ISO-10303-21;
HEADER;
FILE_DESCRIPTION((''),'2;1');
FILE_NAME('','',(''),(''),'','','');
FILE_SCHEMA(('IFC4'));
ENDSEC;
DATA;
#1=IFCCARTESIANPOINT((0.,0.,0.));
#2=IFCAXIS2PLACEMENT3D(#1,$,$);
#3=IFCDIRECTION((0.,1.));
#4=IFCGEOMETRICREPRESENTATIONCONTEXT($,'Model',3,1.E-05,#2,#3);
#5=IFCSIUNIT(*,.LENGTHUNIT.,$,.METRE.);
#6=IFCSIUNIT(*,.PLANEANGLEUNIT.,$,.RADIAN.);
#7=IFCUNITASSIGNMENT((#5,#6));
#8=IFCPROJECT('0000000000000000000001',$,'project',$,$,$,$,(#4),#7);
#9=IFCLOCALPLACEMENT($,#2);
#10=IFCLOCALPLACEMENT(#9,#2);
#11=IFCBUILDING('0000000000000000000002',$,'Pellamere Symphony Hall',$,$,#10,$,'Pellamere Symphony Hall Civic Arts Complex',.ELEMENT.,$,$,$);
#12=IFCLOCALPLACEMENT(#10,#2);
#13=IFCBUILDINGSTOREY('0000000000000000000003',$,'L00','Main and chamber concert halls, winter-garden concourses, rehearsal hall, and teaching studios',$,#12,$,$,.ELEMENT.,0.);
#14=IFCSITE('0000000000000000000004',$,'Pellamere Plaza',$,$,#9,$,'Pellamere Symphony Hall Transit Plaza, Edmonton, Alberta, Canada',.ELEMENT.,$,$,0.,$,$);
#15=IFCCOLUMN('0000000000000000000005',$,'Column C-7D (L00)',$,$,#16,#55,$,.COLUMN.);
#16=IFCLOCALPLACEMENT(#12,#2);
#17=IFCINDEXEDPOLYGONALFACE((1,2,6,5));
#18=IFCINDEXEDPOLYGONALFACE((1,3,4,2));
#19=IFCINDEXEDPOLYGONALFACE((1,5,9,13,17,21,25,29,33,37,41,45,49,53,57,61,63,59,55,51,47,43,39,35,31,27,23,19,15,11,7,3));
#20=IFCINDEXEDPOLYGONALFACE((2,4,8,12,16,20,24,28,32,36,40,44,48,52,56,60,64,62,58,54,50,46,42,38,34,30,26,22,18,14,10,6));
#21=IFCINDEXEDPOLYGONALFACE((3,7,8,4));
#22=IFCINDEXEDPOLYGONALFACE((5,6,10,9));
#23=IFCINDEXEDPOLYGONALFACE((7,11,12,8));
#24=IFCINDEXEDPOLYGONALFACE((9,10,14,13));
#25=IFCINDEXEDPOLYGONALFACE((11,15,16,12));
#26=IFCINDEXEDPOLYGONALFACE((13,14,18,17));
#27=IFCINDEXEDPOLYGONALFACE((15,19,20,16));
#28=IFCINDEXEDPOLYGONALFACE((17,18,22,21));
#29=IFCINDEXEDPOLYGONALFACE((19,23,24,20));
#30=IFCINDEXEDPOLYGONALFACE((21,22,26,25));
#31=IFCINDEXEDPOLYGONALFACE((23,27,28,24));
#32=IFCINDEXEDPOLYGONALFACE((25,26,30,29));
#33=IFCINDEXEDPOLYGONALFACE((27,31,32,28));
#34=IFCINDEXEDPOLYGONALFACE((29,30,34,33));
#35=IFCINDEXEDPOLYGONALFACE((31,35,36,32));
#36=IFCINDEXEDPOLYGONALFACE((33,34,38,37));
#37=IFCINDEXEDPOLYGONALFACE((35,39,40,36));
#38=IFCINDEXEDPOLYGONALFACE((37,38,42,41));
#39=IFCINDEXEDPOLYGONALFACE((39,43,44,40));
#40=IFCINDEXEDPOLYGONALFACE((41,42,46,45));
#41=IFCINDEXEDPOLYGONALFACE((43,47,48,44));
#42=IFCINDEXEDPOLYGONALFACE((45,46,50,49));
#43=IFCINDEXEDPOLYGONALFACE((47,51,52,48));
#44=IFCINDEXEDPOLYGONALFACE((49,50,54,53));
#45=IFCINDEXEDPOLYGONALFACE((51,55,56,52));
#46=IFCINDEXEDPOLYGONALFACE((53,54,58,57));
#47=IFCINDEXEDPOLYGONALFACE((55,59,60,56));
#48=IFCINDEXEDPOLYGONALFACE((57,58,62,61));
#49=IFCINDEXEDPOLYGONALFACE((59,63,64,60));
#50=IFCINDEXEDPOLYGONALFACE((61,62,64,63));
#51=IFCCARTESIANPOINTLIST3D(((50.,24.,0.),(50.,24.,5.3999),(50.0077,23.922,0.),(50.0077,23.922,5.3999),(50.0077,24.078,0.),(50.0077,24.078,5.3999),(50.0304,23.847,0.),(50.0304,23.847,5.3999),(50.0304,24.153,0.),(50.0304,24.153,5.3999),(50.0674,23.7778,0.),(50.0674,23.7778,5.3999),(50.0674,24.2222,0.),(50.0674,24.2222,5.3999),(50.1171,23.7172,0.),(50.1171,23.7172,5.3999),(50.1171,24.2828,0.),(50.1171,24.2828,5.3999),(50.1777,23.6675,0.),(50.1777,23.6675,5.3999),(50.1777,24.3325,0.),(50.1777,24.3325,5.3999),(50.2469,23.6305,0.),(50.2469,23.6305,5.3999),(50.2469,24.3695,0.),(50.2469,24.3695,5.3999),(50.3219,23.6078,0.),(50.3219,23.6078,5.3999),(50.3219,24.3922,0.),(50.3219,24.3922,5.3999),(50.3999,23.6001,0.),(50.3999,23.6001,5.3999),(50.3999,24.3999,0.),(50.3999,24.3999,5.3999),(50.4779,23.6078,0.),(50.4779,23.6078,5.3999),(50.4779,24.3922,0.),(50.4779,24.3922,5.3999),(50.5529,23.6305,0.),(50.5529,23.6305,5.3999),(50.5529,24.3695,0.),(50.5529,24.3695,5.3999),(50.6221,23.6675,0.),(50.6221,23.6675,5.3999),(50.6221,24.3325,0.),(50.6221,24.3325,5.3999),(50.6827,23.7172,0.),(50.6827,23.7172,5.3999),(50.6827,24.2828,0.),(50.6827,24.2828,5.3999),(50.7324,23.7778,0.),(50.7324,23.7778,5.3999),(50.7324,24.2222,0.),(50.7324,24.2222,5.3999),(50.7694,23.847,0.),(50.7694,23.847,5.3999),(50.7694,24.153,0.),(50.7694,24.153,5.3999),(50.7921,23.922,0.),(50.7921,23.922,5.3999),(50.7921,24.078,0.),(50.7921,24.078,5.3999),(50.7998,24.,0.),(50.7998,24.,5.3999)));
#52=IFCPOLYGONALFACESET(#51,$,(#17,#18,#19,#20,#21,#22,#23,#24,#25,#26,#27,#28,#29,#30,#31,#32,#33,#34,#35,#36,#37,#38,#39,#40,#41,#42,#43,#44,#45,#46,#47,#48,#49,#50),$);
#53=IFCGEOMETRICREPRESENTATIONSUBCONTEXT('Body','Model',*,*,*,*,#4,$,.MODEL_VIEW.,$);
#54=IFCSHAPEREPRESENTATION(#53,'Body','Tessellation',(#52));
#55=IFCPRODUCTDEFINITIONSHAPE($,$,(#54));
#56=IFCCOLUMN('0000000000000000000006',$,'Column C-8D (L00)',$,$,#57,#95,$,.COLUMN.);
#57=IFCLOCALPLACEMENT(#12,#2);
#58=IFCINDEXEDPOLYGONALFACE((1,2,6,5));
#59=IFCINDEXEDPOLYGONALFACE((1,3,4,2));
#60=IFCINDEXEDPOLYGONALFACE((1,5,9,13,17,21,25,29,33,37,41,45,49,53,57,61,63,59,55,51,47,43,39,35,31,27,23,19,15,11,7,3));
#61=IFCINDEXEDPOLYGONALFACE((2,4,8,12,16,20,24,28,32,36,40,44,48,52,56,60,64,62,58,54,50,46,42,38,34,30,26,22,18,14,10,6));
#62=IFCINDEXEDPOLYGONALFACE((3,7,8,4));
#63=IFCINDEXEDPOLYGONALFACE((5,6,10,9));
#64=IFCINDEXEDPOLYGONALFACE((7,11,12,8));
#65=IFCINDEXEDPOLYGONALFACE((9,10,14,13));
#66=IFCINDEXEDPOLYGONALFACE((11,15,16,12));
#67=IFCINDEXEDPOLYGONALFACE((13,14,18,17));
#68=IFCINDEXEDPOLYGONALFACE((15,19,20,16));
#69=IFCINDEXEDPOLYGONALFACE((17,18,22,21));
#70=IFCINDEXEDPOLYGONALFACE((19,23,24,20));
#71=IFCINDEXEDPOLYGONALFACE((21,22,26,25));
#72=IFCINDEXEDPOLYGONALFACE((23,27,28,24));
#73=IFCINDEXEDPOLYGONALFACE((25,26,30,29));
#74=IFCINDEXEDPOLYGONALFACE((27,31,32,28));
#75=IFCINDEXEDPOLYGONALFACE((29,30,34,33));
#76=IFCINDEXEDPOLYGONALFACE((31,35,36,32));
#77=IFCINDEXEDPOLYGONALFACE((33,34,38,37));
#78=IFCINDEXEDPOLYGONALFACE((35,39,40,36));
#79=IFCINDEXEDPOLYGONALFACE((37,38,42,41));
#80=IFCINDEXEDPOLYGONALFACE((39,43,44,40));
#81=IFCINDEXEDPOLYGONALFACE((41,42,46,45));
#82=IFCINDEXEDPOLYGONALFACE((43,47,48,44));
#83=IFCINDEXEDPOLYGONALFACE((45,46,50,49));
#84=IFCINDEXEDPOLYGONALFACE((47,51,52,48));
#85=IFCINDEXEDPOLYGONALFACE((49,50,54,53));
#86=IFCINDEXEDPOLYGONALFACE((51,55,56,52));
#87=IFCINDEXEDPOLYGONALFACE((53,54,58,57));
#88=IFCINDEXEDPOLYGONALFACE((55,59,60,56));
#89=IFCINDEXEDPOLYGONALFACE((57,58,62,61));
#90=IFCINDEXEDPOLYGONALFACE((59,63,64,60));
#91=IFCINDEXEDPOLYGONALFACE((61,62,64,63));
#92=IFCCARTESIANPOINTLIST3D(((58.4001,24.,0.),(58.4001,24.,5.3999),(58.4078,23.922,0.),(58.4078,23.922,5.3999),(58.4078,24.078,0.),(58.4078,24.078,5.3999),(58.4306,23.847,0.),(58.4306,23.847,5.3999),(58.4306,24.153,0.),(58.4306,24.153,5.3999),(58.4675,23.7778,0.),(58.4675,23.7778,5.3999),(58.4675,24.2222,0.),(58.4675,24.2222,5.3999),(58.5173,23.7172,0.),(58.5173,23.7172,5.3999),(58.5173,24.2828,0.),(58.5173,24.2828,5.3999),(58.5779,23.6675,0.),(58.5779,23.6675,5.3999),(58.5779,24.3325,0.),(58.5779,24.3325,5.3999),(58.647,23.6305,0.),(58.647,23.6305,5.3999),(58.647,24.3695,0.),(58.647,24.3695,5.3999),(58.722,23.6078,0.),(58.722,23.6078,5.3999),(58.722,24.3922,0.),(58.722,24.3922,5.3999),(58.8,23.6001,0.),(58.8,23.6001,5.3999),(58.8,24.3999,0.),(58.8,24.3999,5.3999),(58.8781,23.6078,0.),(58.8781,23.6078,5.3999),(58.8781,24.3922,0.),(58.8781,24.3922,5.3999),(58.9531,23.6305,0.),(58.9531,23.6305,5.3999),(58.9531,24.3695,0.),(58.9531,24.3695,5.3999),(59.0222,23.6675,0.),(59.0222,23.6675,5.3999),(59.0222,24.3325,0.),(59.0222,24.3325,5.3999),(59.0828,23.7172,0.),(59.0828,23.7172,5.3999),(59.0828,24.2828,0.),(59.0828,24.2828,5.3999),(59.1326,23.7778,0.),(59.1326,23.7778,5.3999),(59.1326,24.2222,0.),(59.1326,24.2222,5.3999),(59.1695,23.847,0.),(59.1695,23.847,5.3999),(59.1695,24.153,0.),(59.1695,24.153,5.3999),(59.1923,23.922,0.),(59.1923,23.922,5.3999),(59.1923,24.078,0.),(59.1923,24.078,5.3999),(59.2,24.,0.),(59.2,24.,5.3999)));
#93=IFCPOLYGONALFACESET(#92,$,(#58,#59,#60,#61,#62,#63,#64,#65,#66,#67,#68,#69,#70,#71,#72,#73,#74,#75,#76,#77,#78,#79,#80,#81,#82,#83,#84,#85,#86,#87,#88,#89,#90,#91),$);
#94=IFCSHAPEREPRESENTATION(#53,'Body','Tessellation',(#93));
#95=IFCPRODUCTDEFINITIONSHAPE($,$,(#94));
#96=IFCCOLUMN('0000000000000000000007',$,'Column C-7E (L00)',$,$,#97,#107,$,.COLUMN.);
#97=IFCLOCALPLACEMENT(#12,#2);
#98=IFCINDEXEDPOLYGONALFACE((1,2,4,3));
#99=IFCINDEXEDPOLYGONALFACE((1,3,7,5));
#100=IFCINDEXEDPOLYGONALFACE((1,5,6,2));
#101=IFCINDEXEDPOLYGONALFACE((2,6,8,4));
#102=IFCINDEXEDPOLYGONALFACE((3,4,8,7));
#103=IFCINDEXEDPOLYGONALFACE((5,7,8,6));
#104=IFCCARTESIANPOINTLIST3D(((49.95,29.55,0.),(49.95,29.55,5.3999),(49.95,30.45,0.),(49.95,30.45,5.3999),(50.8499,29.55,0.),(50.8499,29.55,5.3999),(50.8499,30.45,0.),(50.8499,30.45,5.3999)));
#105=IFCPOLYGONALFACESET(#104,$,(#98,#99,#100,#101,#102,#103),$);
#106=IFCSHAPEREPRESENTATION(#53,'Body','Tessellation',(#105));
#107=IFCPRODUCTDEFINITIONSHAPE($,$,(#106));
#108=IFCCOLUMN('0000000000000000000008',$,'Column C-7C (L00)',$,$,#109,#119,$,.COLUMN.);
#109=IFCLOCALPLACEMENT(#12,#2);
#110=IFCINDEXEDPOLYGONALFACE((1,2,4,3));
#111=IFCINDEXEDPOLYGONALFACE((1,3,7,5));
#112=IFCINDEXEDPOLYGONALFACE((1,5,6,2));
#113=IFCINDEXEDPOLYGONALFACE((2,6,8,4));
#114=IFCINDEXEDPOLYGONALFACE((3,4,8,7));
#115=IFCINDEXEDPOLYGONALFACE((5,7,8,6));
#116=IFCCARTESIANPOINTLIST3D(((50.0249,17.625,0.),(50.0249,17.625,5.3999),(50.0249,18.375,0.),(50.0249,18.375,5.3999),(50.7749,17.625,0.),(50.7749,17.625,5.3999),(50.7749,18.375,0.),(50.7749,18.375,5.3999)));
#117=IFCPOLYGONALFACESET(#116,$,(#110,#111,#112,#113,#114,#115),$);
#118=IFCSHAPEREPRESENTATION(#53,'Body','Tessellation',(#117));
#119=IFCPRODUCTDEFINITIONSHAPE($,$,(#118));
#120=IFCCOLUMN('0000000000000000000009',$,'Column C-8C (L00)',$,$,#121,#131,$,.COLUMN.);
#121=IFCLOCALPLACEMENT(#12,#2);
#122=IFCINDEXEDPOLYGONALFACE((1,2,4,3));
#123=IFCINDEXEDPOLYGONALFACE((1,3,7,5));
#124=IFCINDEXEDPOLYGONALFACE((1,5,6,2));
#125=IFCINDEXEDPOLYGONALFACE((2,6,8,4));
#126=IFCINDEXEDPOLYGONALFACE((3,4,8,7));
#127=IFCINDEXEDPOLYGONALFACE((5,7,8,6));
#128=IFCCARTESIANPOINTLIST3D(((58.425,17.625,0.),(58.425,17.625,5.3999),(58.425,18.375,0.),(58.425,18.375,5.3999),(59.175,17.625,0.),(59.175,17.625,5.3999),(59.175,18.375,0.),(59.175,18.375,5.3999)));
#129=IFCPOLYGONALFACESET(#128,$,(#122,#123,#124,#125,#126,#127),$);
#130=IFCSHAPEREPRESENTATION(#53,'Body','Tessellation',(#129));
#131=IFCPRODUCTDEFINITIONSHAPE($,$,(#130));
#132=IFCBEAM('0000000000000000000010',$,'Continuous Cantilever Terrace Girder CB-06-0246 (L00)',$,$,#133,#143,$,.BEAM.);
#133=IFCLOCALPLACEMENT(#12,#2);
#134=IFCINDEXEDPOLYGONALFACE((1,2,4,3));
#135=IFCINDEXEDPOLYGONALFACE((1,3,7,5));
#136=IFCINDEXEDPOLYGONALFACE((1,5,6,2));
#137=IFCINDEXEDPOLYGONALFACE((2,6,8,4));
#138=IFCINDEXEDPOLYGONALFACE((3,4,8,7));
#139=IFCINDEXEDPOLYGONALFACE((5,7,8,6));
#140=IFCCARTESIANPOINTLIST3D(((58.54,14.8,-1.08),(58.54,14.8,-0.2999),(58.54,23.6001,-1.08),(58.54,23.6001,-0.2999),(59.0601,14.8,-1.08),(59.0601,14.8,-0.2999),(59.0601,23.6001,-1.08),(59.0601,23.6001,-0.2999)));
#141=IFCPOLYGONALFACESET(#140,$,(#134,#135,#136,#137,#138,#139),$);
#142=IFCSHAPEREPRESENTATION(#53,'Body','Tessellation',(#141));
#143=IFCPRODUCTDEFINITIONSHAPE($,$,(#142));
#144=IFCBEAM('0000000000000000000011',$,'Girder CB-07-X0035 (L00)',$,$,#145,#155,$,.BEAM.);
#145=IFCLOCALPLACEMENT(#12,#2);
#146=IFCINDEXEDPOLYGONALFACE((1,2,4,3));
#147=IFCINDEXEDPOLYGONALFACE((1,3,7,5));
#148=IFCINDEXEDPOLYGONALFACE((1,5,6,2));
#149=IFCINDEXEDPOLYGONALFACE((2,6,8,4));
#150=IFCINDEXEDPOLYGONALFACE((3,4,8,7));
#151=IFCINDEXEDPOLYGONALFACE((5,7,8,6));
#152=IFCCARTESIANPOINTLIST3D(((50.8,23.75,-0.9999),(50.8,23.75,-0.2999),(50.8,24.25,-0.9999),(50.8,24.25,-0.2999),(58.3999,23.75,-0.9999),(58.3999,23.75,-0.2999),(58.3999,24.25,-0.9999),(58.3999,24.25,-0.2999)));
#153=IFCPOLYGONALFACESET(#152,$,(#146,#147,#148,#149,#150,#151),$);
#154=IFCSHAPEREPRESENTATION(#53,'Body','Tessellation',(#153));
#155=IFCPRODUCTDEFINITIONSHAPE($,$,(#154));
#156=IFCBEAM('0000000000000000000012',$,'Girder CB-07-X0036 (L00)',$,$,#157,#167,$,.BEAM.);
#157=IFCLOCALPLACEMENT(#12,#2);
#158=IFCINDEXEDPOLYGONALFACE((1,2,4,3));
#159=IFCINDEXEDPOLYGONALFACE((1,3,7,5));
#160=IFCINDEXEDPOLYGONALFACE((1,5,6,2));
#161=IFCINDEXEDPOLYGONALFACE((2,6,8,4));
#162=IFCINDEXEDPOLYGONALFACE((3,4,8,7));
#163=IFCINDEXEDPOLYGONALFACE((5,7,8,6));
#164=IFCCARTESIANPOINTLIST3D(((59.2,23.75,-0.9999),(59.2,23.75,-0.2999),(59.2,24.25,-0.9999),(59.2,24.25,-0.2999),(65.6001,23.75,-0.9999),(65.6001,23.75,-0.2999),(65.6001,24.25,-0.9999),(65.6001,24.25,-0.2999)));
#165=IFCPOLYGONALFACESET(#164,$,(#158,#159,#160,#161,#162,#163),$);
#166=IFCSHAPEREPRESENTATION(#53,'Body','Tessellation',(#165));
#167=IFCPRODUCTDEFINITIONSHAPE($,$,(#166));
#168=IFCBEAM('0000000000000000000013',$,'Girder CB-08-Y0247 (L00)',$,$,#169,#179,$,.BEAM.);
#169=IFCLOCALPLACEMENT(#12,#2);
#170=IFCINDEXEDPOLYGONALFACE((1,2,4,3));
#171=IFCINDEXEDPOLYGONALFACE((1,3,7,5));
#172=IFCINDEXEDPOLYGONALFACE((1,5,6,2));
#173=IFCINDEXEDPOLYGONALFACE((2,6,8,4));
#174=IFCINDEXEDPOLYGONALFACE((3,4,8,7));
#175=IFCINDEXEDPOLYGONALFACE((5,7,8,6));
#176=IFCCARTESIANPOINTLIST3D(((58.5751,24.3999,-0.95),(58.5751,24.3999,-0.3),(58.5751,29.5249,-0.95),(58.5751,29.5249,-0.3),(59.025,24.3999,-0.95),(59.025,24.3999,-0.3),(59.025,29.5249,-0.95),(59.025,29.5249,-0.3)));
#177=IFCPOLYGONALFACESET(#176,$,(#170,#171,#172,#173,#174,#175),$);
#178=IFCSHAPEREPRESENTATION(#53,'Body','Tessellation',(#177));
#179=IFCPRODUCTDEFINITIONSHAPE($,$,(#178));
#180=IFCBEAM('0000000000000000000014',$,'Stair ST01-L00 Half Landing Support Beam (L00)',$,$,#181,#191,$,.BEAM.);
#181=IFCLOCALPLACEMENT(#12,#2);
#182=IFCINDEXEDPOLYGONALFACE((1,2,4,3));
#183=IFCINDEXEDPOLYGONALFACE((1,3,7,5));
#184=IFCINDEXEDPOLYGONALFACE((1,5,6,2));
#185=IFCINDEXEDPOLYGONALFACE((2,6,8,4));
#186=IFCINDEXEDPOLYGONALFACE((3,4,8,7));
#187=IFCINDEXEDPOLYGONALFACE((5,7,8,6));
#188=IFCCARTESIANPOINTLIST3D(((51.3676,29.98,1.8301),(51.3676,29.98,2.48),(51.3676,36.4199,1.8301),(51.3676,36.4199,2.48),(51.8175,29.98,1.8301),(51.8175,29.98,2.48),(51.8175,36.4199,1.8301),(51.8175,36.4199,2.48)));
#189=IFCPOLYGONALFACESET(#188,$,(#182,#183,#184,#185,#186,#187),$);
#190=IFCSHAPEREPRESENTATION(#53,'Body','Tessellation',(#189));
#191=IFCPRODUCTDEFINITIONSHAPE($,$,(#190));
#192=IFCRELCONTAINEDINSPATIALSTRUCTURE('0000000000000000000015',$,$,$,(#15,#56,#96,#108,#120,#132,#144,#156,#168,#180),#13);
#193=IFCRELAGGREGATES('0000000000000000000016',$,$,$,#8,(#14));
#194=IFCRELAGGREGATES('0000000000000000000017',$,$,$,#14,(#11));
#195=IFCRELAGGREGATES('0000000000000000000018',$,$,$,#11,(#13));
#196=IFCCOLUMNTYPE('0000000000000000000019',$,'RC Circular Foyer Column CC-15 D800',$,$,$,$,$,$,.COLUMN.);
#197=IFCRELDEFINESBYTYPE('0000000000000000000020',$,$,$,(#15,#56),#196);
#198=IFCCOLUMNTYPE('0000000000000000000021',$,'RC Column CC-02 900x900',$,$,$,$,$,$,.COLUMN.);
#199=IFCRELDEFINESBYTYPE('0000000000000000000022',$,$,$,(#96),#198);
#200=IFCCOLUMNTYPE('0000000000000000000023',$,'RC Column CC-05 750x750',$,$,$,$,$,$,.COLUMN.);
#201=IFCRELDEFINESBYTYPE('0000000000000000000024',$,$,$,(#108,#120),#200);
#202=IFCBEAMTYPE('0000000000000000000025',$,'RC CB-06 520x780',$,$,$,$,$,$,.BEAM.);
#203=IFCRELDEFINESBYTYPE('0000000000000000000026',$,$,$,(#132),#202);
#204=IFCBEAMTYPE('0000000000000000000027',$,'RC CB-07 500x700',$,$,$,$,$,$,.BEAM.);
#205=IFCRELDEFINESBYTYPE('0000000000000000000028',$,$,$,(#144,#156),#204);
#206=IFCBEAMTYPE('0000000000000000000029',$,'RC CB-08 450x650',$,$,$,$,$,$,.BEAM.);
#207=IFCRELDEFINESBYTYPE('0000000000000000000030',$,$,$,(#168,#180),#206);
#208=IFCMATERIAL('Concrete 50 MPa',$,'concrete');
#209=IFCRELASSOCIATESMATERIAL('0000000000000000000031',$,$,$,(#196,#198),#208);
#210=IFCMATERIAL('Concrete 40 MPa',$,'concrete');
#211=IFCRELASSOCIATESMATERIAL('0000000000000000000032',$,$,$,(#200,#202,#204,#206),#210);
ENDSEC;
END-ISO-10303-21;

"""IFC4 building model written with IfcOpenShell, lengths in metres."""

from ifc_helpers import new_model, si_unit, direction, frame, origin, origin_2d, place, context, subcontext, project, spatial, rectangle, circle, extrude, material, material_profile, profile_set, type_object, element, save


model = new_model("IFC4")

# Units and contexts
model_context = context("Model", 3, precision=1e-05, world=origin(), true_north=direction((0.0, 1.0)))
body_context = subcontext(model_context, "Body", "Model", "MODEL_VIEW")
ifc_project = project(units=[si_unit("LENGTHUNIT", "METRE"), si_unit("PLANEANGLEUNIT", "RADIAN")], contexts=[model_context])

# Site, building, storey
site_placement = place(None, origin())
site = spatial("IfcSite", under=ifc_project, at=site_placement, Name="Pellamere Plaza", LongName="Pellamere Symphony Hall Transit Plaza, Edmonton, Alberta, Canada", CompositionType="ELEMENT", RefElevation=0.0)
building_placement = place(site_placement, origin())
building = spatial("IfcBuilding", under=site, at=building_placement, Name="Pellamere Symphony Hall", LongName="Pellamere Symphony Hall Civic Arts Complex", CompositionType="ELEMENT")
storey_placement = place(building_placement, origin())
storey = spatial("IfcBuildingStorey", under=building, at=storey_placement, Name="L00", Description="Main and chamber concert halls, winter-garden concourses, rehearsal hall, and teaching studios", CompositionType="ELEMENT", Elevation=0.0)

# Columns
ifc_material_1 = material(Name="Concrete 50 MPa", Category="concrete")
ifc_material_profile_1 = material_profile(ifc_material_1, circle(Radius=0.3999, at=origin_2d()), Name="RCCOL D800")
ifc_profile_set_1 = profile_set([ifc_material_profile_1], Name="Concrete 50 MPa")
column_type_1 = type_object("IfcColumnType", Name="RC Circular Foyer Column CC-15 D800", PredefinedType="COLUMN", material=ifc_profile_set_1)
for number, where, z_axis, x_axis, name in (
    (1, (50.3999, 24.0, 0.0), (0.0, 0.0, 1.0), (1.0, 0.0, 0.0), "Column C-7D (L00)"),
    (2, (58.8, 24.0, 0.0), (0.0, 0.0, 1.0), (1.0, 0.0, 0.0), "Column C-8D (L00)"),
):
    element("IfcColumn", number, at=place(storey_placement, frame(where, z_axis=z_axis, x_axis=x_axis)), inside=storey, type_object=column_type_1, Name=name, PredefinedType="COLUMN", context=body_context, shape_type="SweptSolid", body=[
        extrude(circle(Radius=0.3999, at=origin_2d()), origin(), (0.0, 0.0, 1.0), 5.3999),
    ])
ifc_material_profile_2 = material_profile(ifc_material_1, rectangle(XDim=0.8999, YDim=0.8999, at=origin_2d()), Name="RC 900x900")
ifc_profile_set_2 = profile_set([ifc_material_profile_2], Name="Concrete 50 MPa")
column_type_2 = type_object("IfcColumnType", Name="RC Column CC-02 900x900", PredefinedType="COLUMN", material=ifc_profile_set_2)
column_placement = place(storey_placement, frame((50.3999, 30.0, 0.0), z_axis=(0.0, 0.0, 1.0), x_axis=(1.0, 0.0, 0.0)))
element("IfcColumn", 3, at=column_placement, inside=storey, type_object=column_type_2, Name="Column C-7E (L00)", PredefinedType="COLUMN", context=body_context, shape_type="SweptSolid", body=[
    extrude(rectangle(XDim=0.8999, YDim=0.8999, at=origin_2d()), origin(), (0.0, 0.0, 1.0), 5.3999),
])
ifc_material_2 = material(Name="Concrete 40 MPa", Category="concrete")
ifc_material_profile_3 = material_profile(ifc_material_2, rectangle(XDim=0.75, YDim=0.75, at=origin_2d()), Name="RC 750x750")
ifc_profile_set_3 = profile_set([ifc_material_profile_3], Name="Concrete 40 MPa")
column_type_3 = type_object("IfcColumnType", Name="RC Column CC-05 750x750", PredefinedType="COLUMN", material=ifc_profile_set_3)
for number, where, z_axis, x_axis, name in (
    (4, (50.3999, 18.0, 0.0), (0.0, 0.0, 1.0), (1.0, 0.0, 0.0), "Column C-7C (L00)"),
    (5, (58.8, 18.0, 0.0), (0.0, 0.0, 1.0), (1.0, 0.0, 0.0), "Column C-8C (L00)"),
):
    element("IfcColumn", number, at=place(storey_placement, frame(where, z_axis=z_axis, x_axis=x_axis)), inside=storey, type_object=column_type_3, Name=name, PredefinedType="COLUMN", context=body_context, shape_type="SweptSolid", body=[
        extrude(rectangle(XDim=0.75, YDim=0.75, at=origin_2d()), origin(), (0.0, 0.0, 1.0), 5.3999),
    ])

# Beams
ifc_material_profile_4 = material_profile(ifc_material_2, rectangle(XDim=0.52, YDim=0.78, at=origin_2d()), Name="RC 520x780")
ifc_profile_set_4 = profile_set([ifc_material_profile_4], Name="Concrete 40 MPa")
beam_type_1 = type_object("IfcBeamType", Name="RC CB-06 520x780", PredefinedType="BEAM", material=ifc_profile_set_4)
beam_1_placement = place(storey_placement, frame((58.8, 14.8, -0.6899), z_axis=(0.0, 1.0, 0.0), x_axis=(-1.0, 0.0, 0.0)))
element("IfcBeam", 6, at=beam_1_placement, inside=storey, type_object=beam_type_1, Name="Continuous Cantilever Terrace Girder CB-06-0246 (L00)", PredefinedType="BEAM", context=body_context, shape_type="SweptSolid", body=[
    extrude(rectangle(XDim=0.52, YDim=0.78, at=origin_2d()), origin(), (0.0, 0.0, 1.0), 8.8),
])
ifc_material_profile_5 = material_profile(ifc_material_2, rectangle(XDim=0.5, YDim=0.7, at=origin_2d()), Name="RC 500x700")
ifc_profile_set_5 = profile_set([ifc_material_profile_5], Name="Concrete 40 MPa")
beam_type_2 = type_object("IfcBeamType", Name="RC CB-07 500x700", PredefinedType="BEAM", material=ifc_profile_set_5)
beam_2_placement = place(storey_placement, frame((50.8, 24.0, -0.6499), z_axis=(1.0, 0.0, 0.0), x_axis=(0.0, 1.0, 0.0)))
element("IfcBeam", 7, at=beam_2_placement, inside=storey, type_object=beam_type_2, Name="Girder CB-07-X0035 (L00)", PredefinedType="BEAM", context=body_context, shape_type="SweptSolid", body=[
    extrude(rectangle(XDim=0.5, YDim=0.7, at=origin_2d()), origin(), (0.0, 0.0, 1.0), 7.5999),
])
beam_3_placement = place(storey_placement, frame((59.2, 24.0, -0.6499), z_axis=(1.0, 0.0, 0.0), x_axis=(0.0, 1.0, 0.0)))
element("IfcBeam", 8, at=beam_3_placement, inside=storey, type_object=beam_type_2, Name="Girder CB-07-X0036 (L00)", PredefinedType="BEAM", context=body_context, shape_type="SweptSolid", body=[
    extrude(rectangle(XDim=0.5, YDim=0.7, at=origin_2d()), origin(), (0.0, 0.0, 1.0), 6.4001),
])
ifc_material_profile_6 = material_profile(ifc_material_2, rectangle(XDim=0.45, YDim=0.6499, at=origin_2d()), Name="RC 450x650")
ifc_profile_set_6 = profile_set([ifc_material_profile_6], Name="Concrete 40 MPa")
beam_type_3 = type_object("IfcBeamType", Name="RC CB-08 450x650", PredefinedType="BEAM", material=ifc_profile_set_6)
beam_4_placement = place(storey_placement, frame((58.8, 24.3999, -0.625), z_axis=(0.0, 1.0, 0.0), x_axis=(-1.0, 0.0, 0.0)))
element("IfcBeam", 9, at=beam_4_placement, inside=storey, type_object=beam_type_3, Name="Girder CB-08-Y0247 (L00)", PredefinedType="BEAM", context=body_context, shape_type="SweptSolid", body=[
    extrude(rectangle(XDim=0.45, YDim=0.6499, at=origin_2d()), origin(), (0.0, 0.0, 1.0), 5.125),
])
beam_5_placement = place(storey_placement, frame((51.5925, 29.98, 2.155), z_axis=(0.0, 1.0, 0.0), x_axis=(-1.0, 0.0, 0.0)))
element("IfcBeam", 10, at=beam_5_placement, inside=storey, type_object=beam_type_3, Name="Stair ST01-L00 Half Landing Support Beam (L00)", PredefinedType="BEAM", context=body_context, shape_type="SweptSolid", body=[
    extrude(rectangle(XDim=0.45, YDim=0.6499, at=origin_2d()), origin(), (0.0, 0.0, 1.0), 6.4399),
])

save(model, "model.ifc")
